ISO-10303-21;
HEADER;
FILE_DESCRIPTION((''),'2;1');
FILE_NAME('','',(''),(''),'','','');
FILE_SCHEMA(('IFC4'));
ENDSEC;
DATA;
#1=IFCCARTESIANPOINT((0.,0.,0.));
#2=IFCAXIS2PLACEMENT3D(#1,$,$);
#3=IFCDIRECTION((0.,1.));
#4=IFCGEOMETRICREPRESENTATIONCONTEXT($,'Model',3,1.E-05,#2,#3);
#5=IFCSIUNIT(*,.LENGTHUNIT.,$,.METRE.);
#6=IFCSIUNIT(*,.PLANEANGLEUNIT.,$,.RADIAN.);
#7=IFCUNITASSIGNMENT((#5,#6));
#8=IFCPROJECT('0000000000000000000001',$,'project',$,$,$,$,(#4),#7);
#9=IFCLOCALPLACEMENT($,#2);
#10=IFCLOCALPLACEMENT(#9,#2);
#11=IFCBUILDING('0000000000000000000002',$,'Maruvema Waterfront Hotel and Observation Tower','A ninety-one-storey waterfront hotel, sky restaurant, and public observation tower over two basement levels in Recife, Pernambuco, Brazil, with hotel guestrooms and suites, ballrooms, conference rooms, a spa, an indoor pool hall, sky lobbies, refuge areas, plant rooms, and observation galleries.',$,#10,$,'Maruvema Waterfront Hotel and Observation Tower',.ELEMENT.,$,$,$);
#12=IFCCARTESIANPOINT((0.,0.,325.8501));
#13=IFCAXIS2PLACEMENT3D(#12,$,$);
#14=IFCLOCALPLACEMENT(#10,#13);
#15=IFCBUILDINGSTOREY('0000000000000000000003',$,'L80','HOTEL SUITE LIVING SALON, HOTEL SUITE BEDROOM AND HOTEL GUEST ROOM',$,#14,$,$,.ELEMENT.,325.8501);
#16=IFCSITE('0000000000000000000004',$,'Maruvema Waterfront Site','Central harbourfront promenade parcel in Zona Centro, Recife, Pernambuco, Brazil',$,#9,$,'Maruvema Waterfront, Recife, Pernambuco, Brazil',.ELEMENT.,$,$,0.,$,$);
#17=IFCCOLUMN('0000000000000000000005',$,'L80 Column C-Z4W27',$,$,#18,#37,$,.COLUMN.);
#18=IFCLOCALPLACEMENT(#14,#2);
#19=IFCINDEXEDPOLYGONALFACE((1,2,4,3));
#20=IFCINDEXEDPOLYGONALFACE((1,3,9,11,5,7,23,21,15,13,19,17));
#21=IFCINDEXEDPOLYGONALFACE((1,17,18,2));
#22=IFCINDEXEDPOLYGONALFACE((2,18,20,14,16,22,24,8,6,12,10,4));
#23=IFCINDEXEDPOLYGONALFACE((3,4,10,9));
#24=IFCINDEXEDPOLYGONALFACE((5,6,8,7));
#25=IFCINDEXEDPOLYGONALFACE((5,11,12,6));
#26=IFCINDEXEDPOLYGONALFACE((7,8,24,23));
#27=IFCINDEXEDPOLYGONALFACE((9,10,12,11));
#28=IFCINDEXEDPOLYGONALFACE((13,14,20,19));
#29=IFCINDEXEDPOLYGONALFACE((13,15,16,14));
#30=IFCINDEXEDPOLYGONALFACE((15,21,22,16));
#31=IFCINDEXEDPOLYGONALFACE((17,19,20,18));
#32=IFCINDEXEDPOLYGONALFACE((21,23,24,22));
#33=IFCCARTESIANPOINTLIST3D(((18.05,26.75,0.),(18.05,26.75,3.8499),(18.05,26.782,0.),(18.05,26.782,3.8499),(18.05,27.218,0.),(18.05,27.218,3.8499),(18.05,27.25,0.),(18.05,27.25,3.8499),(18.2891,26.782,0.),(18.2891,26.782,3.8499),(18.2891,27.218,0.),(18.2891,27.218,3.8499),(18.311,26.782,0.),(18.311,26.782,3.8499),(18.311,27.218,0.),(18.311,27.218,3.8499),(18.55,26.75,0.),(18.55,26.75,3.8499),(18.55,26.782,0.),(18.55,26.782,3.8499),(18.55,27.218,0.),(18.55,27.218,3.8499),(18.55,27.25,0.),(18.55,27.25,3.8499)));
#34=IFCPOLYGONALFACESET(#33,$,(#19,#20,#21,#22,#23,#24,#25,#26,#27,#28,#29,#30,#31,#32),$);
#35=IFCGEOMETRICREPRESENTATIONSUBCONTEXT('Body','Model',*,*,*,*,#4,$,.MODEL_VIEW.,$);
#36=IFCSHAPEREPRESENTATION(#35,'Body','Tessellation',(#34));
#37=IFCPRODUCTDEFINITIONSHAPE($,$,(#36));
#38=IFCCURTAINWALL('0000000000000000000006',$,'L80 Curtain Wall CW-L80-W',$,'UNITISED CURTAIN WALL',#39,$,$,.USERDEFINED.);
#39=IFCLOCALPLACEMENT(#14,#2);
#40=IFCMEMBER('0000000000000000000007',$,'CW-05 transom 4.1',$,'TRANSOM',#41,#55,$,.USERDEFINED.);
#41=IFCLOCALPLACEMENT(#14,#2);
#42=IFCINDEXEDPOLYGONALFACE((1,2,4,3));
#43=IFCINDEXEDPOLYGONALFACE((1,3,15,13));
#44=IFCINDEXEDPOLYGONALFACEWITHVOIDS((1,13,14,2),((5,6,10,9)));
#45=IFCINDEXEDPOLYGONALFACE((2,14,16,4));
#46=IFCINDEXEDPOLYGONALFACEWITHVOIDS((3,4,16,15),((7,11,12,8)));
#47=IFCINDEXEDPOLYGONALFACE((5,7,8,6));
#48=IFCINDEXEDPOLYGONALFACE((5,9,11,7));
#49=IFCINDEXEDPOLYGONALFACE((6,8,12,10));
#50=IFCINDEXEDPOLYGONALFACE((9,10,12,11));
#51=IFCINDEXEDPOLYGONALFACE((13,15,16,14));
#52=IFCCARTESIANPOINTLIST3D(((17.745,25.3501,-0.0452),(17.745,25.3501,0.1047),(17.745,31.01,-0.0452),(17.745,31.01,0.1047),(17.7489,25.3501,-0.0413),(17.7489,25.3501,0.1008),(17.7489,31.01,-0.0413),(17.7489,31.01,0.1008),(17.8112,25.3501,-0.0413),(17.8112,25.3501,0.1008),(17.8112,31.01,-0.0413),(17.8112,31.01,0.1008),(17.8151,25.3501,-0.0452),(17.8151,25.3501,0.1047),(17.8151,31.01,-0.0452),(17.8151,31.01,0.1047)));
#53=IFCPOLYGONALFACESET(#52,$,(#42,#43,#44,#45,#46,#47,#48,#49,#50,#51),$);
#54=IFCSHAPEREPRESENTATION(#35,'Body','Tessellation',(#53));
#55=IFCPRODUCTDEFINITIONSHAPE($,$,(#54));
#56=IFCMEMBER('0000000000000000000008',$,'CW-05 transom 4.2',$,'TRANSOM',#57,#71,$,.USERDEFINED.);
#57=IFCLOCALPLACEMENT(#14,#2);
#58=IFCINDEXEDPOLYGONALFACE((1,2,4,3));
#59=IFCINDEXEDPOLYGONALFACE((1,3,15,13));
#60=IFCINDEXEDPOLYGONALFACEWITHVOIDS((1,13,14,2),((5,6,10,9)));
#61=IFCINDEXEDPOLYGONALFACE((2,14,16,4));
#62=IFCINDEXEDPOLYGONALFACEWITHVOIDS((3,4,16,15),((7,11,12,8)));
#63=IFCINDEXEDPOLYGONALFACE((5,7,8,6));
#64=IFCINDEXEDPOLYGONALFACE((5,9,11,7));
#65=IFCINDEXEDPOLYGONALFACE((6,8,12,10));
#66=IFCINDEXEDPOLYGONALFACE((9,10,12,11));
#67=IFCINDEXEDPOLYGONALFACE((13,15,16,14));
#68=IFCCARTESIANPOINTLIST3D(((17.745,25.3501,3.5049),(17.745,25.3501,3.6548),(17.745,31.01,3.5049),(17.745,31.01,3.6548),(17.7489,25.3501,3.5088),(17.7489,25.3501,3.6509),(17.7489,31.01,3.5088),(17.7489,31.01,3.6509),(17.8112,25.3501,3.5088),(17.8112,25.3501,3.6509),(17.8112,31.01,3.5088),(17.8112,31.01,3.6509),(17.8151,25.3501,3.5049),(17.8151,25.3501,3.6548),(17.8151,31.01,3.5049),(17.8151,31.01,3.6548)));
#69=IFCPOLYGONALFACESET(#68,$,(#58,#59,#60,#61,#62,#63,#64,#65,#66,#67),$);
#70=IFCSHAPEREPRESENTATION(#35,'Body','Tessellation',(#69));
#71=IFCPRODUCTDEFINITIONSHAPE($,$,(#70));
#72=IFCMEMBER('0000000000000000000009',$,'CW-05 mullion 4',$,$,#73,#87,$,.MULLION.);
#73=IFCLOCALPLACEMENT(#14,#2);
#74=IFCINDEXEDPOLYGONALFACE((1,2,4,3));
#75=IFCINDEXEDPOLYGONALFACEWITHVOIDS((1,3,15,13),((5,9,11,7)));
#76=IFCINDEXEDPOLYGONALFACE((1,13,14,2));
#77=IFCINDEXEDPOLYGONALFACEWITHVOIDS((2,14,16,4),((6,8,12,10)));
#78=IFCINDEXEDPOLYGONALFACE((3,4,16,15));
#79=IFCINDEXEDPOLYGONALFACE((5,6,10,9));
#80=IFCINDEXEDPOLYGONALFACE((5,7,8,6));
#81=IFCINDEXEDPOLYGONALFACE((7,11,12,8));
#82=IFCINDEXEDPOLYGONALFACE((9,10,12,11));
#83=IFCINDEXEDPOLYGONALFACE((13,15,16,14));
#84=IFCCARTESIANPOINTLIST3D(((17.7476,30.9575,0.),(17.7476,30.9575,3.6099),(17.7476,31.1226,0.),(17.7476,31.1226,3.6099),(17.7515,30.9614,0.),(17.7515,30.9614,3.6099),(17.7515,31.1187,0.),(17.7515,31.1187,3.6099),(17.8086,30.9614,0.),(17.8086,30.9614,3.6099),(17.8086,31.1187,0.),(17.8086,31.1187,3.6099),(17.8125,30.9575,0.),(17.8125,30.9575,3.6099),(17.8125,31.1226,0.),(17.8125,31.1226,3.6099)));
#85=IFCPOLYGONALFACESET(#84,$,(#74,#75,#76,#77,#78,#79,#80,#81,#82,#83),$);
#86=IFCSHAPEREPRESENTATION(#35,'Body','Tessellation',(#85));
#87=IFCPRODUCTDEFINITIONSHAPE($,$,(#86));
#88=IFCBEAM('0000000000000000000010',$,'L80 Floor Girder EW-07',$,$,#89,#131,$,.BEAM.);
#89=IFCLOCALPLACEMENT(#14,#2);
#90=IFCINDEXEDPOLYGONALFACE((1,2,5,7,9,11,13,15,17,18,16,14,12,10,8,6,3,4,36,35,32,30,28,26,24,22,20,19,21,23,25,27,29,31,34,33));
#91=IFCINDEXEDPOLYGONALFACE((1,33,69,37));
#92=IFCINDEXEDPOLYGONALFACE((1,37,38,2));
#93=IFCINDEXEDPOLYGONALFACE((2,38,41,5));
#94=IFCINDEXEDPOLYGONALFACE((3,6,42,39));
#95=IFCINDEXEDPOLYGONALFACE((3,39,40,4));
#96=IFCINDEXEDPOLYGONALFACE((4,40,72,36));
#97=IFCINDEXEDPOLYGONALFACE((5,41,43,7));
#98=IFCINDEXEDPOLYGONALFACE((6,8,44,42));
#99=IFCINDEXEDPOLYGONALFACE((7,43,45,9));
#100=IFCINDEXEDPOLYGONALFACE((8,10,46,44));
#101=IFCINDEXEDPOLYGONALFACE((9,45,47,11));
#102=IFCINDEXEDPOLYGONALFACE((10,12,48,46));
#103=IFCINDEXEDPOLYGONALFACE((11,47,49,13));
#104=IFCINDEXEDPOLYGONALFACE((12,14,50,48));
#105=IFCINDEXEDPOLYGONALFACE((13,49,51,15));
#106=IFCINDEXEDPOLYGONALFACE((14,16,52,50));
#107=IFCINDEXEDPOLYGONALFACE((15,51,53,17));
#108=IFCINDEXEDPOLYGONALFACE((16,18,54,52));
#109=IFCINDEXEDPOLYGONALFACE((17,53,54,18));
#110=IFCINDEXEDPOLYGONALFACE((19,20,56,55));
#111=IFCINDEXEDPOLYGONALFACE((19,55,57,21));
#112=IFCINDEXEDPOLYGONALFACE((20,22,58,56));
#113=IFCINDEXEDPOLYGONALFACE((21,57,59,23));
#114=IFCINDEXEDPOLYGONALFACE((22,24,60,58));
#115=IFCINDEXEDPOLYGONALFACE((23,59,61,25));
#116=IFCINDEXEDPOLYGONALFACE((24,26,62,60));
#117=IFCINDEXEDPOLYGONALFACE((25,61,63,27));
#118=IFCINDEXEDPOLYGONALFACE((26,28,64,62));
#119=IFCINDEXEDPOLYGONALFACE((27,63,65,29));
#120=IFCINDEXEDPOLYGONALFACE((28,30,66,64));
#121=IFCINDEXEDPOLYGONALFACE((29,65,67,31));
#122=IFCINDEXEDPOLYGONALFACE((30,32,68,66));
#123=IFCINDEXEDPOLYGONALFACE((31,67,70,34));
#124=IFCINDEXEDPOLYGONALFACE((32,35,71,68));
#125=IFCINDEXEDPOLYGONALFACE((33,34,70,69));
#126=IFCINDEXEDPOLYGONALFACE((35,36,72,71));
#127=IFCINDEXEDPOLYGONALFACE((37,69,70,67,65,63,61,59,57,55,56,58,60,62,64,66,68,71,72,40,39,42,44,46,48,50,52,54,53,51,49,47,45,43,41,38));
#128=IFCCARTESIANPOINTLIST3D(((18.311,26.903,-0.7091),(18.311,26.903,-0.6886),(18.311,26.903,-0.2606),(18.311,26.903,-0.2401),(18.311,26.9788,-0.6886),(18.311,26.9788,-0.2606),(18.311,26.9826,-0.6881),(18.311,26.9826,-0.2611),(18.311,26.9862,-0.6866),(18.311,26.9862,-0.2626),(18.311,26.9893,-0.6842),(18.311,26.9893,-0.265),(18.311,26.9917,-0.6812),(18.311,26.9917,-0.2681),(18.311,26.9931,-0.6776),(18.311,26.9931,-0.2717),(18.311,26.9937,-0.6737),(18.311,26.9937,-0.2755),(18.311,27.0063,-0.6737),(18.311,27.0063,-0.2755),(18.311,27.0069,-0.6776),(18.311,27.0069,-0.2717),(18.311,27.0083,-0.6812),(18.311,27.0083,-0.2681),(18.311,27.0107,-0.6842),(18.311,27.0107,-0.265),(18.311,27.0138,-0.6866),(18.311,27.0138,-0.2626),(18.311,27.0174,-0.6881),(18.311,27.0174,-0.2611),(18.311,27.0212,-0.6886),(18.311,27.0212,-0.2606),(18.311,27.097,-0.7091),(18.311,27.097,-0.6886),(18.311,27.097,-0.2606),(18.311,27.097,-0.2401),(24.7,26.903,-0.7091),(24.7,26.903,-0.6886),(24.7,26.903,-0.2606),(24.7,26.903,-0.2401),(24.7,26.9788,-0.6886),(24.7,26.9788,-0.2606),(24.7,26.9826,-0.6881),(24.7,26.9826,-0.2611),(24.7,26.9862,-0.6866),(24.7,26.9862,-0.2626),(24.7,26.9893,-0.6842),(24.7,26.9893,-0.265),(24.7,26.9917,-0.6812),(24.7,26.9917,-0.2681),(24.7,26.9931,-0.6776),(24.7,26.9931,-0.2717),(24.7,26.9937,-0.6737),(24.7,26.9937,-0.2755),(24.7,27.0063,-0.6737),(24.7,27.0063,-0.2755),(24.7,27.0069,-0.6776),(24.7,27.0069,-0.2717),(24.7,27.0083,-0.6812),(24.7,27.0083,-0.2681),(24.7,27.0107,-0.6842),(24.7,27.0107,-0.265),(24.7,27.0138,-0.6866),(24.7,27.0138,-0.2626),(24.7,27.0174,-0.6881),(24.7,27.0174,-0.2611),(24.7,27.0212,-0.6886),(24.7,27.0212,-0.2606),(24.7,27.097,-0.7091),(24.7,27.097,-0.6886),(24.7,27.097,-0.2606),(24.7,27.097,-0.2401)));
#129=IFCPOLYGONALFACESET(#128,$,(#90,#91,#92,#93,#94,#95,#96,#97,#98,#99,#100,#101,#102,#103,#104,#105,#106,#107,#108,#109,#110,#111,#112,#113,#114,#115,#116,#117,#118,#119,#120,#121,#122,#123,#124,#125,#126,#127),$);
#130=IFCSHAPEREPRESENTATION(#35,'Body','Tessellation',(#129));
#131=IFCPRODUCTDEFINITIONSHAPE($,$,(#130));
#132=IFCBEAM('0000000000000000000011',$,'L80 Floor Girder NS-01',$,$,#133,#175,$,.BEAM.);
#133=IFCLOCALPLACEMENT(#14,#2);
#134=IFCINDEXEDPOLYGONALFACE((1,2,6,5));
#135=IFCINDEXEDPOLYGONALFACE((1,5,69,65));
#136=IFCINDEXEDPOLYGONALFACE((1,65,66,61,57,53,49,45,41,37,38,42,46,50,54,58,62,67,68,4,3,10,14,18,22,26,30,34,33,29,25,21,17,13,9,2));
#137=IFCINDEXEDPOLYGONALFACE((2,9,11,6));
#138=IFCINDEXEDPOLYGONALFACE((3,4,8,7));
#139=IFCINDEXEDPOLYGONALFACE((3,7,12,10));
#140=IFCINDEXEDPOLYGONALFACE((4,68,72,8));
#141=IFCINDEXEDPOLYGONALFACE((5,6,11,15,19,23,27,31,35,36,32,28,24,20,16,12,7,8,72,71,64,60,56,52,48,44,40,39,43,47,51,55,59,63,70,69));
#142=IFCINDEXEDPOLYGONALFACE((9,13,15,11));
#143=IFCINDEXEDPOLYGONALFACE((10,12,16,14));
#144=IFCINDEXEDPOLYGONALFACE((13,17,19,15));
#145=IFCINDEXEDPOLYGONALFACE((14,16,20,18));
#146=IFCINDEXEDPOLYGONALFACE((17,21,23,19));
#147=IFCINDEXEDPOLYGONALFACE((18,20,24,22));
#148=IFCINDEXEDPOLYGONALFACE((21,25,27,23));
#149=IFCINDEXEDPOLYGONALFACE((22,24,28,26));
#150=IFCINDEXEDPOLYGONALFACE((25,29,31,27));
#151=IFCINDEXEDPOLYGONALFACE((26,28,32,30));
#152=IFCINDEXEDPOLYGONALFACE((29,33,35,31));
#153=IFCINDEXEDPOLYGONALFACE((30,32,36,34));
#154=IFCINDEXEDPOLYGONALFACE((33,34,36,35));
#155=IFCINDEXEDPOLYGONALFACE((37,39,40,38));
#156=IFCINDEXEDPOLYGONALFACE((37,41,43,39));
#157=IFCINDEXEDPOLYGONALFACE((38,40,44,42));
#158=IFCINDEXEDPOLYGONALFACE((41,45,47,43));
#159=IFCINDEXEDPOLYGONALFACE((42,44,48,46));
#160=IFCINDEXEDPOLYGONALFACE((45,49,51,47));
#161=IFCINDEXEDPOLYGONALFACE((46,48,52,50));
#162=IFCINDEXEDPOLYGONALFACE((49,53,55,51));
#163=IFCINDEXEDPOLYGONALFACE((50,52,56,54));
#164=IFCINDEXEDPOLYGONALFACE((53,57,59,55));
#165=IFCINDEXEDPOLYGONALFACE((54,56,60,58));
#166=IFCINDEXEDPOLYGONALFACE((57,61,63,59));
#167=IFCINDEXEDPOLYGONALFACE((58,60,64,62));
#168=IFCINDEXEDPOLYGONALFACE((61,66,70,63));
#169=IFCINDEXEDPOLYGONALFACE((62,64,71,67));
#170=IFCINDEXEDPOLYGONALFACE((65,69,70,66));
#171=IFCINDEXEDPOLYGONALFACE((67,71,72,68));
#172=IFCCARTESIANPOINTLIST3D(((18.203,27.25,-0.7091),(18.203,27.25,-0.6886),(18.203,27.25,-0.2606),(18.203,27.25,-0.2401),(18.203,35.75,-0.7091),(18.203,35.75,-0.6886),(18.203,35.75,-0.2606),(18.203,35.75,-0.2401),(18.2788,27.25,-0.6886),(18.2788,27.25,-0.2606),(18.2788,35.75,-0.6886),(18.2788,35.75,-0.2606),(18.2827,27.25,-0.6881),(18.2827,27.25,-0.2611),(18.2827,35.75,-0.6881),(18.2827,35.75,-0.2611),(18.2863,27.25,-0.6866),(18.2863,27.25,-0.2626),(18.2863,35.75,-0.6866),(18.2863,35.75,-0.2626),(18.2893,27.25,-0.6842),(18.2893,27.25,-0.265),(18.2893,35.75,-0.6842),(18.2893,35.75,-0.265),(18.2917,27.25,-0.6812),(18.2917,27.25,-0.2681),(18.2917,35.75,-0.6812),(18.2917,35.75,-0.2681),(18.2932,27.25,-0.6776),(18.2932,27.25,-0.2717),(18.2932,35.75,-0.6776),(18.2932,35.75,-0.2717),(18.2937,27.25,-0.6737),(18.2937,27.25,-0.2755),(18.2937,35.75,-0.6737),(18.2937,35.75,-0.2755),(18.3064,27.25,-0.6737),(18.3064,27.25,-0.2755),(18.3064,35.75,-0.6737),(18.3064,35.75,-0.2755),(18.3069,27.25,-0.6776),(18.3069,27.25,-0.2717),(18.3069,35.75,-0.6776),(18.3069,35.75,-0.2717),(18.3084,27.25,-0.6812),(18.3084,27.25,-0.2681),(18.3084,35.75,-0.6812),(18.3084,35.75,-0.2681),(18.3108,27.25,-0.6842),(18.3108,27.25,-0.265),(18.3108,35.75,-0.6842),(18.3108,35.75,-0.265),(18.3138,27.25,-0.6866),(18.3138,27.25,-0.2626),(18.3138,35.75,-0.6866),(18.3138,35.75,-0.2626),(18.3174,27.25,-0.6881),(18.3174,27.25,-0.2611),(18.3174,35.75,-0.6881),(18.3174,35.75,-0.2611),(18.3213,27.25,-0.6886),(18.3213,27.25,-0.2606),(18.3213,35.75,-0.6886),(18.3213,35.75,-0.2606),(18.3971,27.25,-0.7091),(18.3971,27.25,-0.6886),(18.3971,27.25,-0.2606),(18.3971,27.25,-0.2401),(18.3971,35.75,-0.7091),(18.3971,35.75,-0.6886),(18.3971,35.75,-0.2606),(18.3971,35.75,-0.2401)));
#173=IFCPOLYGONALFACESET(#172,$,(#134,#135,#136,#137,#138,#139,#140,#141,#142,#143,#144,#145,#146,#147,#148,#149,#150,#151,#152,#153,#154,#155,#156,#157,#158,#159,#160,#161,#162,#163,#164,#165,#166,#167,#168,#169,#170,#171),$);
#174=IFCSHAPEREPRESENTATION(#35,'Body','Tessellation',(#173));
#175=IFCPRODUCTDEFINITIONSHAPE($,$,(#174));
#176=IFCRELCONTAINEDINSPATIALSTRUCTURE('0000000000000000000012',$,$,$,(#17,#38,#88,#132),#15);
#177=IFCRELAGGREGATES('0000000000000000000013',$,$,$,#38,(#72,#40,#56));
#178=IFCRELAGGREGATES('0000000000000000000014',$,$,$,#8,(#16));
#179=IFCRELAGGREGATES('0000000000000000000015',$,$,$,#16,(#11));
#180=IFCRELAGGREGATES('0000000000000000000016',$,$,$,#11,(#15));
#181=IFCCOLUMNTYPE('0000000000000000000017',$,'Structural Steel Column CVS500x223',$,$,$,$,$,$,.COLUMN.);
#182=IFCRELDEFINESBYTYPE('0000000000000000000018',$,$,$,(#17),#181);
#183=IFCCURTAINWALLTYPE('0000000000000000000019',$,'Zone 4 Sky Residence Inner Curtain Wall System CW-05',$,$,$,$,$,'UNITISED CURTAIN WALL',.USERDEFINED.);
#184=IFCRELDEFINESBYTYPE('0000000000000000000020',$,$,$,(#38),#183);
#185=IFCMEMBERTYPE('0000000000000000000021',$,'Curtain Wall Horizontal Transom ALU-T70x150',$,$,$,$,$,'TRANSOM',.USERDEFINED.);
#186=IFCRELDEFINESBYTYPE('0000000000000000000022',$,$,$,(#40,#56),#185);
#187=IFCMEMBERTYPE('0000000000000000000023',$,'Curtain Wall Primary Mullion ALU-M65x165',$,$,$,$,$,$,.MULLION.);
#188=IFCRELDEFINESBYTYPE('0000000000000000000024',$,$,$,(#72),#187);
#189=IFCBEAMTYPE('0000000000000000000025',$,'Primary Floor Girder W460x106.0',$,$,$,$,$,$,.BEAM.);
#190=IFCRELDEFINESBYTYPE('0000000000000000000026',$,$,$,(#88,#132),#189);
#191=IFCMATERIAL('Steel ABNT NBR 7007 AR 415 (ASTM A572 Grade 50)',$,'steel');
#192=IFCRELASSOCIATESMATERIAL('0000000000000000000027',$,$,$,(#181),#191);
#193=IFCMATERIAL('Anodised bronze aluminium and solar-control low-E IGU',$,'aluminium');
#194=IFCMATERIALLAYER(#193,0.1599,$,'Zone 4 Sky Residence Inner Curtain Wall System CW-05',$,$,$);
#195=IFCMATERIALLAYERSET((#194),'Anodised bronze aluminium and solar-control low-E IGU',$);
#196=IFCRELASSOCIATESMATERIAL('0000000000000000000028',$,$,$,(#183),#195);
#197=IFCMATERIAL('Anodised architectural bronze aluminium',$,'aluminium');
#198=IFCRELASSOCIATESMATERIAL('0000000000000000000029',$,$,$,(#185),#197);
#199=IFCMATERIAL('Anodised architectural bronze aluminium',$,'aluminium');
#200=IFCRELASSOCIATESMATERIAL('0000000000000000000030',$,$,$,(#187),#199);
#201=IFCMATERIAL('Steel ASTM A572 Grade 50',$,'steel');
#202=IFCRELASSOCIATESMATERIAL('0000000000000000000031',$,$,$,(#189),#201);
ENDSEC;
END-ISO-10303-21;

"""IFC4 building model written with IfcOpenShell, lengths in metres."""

from ifc_helpers import new_model, si_unit, direction, frame, origin, origin_2d, place, context, subcontext, project, spatial, hollow_rectangle, i_section, extrude, material, layer, layer_set, material_profile, profile_set, type_object, element, aggregate, save


model = new_model("IFC4")

# Units and contexts
model_context = context("Model", 3, precision=1e-05, world=origin(), true_north=direction((0.0, 1.0)))
body_context = subcontext(model_context, "Body", "Model", "MODEL_VIEW")
ifc_project = project(units=[si_unit("LENGTHUNIT", "METRE"), si_unit("PLANEANGLEUNIT", "RADIAN")], contexts=[model_context])

# Site, building, storey
site_placement = place(None, origin())
site = spatial("IfcSite", under=ifc_project, at=site_placement, Name="Maruvema Waterfront Site", Description="Central harbourfront promenade parcel in Zona Centro, Recife, Pernambuco, Brazil", LongName="Maruvema Waterfront, Recife, Pernambuco, Brazil", CompositionType="ELEMENT", RefElevation=0.0)
building_placement = place(site_placement, origin())
building = spatial("IfcBuilding", under=site, at=building_placement, Name="Maruvema Waterfront Hotel and Observation Tower", Description="A ninety-one-storey waterfront hotel, sky restaurant, and public observation tower over two basement levels in Recife, Pernambuco, Brazil, with hotel guestrooms and suites, ballrooms, conference rooms, a spa, an indoor pool hall, sky lobbies, refuge areas, plant rooms, and observation galleries.", LongName="Maruvema Waterfront Hotel and Observation Tower", CompositionType="ELEMENT")
storey_placement = place(building_placement, frame((0.0, 0.0, 325.8501)))
storey = spatial("IfcBuildingStorey", under=building, at=storey_placement, Name="L80", Description="HOTEL SUITE LIVING SALON, HOTEL SUITE BEDROOM AND HOTEL GUEST ROOM", CompositionType="ELEMENT", Elevation=325.8501)

# Column
ifc_material_1 = material(Name="Steel ABNT NBR 7007 AR 415 (ASTM A572 Grade 50)", Category="steel")
ifc_material_profile_1 = material_profile(ifc_material_1, i_section(OverallWidth=0.5, OverallDepth=0.5, WebThickness=0.022, FlangeThickness=0.032, at=origin_2d()), Name="CVS500x223")
ifc_profile_set_1 = profile_set([ifc_material_profile_1], Name="Steel ABNT NBR 7007 AR 415 (ASTM A572 Grade 50)")
column_type = type_object("IfcColumnType", Name="Structural Steel Column CVS500x223", PredefinedType="COLUMN", material=ifc_profile_set_1)
column_placement = place(storey_placement, frame((18.3, 27.0, 0.0), z_axis=(0.0, 0.0, 1.0), x_axis=(1.0, 0.0, 0.0)))
element("IfcColumn", 1, at=column_placement, inside=storey, type_object=column_type, Name="L80 Column C-Z4W27", PredefinedType="COLUMN", context=body_context, shape_type="SweptSolid", body=[
    extrude(i_section(OverallWidth=0.5, OverallDepth=0.5, WebThickness=0.022, FlangeThickness=0.032, at=origin_2d()), origin(), (0.0, 0.0, 1.0), 3.8499),
])

# Curtain wall, members
ifc_material_2 = material(Name="Anodised bronze aluminium and solar-control low-E IGU", Category="aluminium")
ifc_layer_1 = layer(ifc_material_2, 0.1599, Name="Zone 4 Sky Residence Inner Curtain Wall System CW-05")
ifc_layer_set_1 = layer_set([ifc_layer_1], Name="Anodised bronze aluminium and solar-control low-E IGU")
curtain_wall_type = type_object("IfcCurtainWallType", Name="Zone 4 Sky Residence Inner Curtain Wall System CW-05", ElementType="UNITISED CURTAIN WALL", PredefinedType="USERDEFINED", material=ifc_layer_set_1)
curtain_wall_placement = place(storey_placement, origin())
curtain_wall = element("IfcCurtainWall", 2, at=curtain_wall_placement, inside=storey, type_object=curtain_wall_type, Name="L80 Curtain Wall CW-L80-W", ObjectType="UNITISED CURTAIN WALL", PredefinedType="USERDEFINED")
ifc_material_3 = material(Name="Anodised architectural bronze aluminium", Category="aluminium")
ifc_material_profile_2 = material_profile(ifc_material_3, hollow_rectangle(XDim=0.0701, YDim=0.1499, WallThickness=0.0039, at=origin_2d()), Name="ALU-T70x150")
ifc_profile_set_2 = profile_set([ifc_material_profile_2], Name="Anodised architectural bronze aluminium")
member_type_1 = type_object("IfcMemberType", Name="Curtain Wall Horizontal Transom ALU-T70x150", ElementType="TRANSOM", PredefinedType="USERDEFINED", material=ifc_profile_set_2)
member_1_placement = place(storey_placement, frame((17.78, 31.01, 0.0298), z_axis=(0.0, -1.0, 0.0), x_axis=(1.0, 0.0, 0.0)))
member_1 = element("IfcMember", 3, at=member_1_placement, type_object=member_type_1, Name="CW-05 transom 4.1", ObjectType="TRANSOM", PredefinedType="USERDEFINED", context=body_context, shape_type="SweptSolid", body=[
    extrude(hollow_rectangle(XDim=0.0701, YDim=0.1499, WallThickness=0.0039, at=origin_2d()), origin(), (0.0, 0.0, 1.0), 5.6599),
])
member_2_placement = place(storey_placement, frame((17.78, 31.01, 3.5798), z_axis=(0.0, -1.0, 0.0), x_axis=(1.0, 0.0, 0.0)))
member_2 = element("IfcMember", 4, at=member_2_placement, type_object=member_type_1, Name="CW-05 transom 4.2", ObjectType="TRANSOM", PredefinedType="USERDEFINED", context=body_context, shape_type="SweptSolid", body=[
    extrude(hollow_rectangle(XDim=0.0701, YDim=0.1499, WallThickness=0.0039, at=origin_2d()), origin(), (0.0, 0.0, 1.0), 5.6599),
])
ifc_material_4 = material(Name="Anodised architectural bronze aluminium", Category="aluminium")
ifc_material_profile_3 = material_profile(ifc_material_4, hollow_rectangle(XDim=0.0649, YDim=0.165, WallThickness=0.0039, at=origin_2d()), Name="ALU-M65x165")
ifc_profile_set_3 = profile_set([ifc_material_profile_3], Name="Anodised architectural bronze aluminium")
member_type_2 = type_object("IfcMemberType", Name="Curtain Wall Primary Mullion ALU-M65x165", PredefinedType="MULLION", material=ifc_profile_set_3)
member_3_placement = place(storey_placement, frame((17.78, 31.04, 0.0), z_axis=(0.0, 0.0, 1.0), x_axis=(1.0, 0.0, 0.0)))
member_3 = element("IfcMember", 5, at=member_3_placement, type_object=member_type_2, Name="CW-05 mullion 4", PredefinedType="MULLION", context=body_context, shape_type="SweptSolid", body=[
    extrude(hollow_rectangle(XDim=0.0649, YDim=0.165, WallThickness=0.0039, at=origin_2d()), origin(), (0.0, 0.0, 1.0), 3.6099),
])

# Beams
ifc_material_5 = material(Name="Steel ASTM A572 Grade 50", Category="steel")
ifc_material_profile_4 = material_profile(ifc_material_5, i_section(OverallWidth=0.1941, OverallDepth=0.469, WebThickness=0.0127, FlangeThickness=0.0205, FilletRadius=0.0149, at=origin_2d()), Name="W460x106.0")
ifc_profile_set_4 = profile_set([ifc_material_profile_4], Name="Steel ASTM A572 Grade 50")
beam_type_1 = type_object("IfcBeamType", Name="Primary Floor Girder W460x106.0", PredefinedType="BEAM", material=ifc_profile_set_4)
beam_1_placement = place(storey_placement, frame((18.311, 27.0, -0.4746), z_axis=(1.0, 0.0, 0.0), x_axis=(0.0, 1.0, 0.0)))
element("IfcBeam", 6, at=beam_1_placement, inside=storey, type_object=beam_type_1, Name="L80 Floor Girder EW-07", PredefinedType="BEAM", context=body_context, shape_type="SweptSolid", body=[
    extrude(i_section(OverallWidth=0.1941, OverallDepth=0.469, WebThickness=0.0127, FlangeThickness=0.0205, FilletRadius=0.0149, at=origin_2d()), origin(), (0.0, 0.0, 1.0), 6.3889),
])
beam_2_placement = place(storey_placement, frame((18.3, 27.25, -0.4746), z_axis=(0.0, 1.0, 0.0), x_axis=(-1.0, 0.0, 0.0)))
element("IfcBeam", 7, at=beam_2_placement, inside=storey, type_object=beam_type_1, Name="L80 Floor Girder NS-01", PredefinedType="BEAM", context=body_context, shape_type="SweptSolid", body=[
    extrude(i_section(OverallWidth=0.1941, OverallDepth=0.469, WebThickness=0.0127, FlangeThickness=0.0205, FilletRadius=0.0149, at=origin_2d()), origin(), (0.0, 0.0, 1.0), 8.5),
])

aggregate(curtain_wall, [member_3, member_1, member_2])

save(model, "model.ifc")
